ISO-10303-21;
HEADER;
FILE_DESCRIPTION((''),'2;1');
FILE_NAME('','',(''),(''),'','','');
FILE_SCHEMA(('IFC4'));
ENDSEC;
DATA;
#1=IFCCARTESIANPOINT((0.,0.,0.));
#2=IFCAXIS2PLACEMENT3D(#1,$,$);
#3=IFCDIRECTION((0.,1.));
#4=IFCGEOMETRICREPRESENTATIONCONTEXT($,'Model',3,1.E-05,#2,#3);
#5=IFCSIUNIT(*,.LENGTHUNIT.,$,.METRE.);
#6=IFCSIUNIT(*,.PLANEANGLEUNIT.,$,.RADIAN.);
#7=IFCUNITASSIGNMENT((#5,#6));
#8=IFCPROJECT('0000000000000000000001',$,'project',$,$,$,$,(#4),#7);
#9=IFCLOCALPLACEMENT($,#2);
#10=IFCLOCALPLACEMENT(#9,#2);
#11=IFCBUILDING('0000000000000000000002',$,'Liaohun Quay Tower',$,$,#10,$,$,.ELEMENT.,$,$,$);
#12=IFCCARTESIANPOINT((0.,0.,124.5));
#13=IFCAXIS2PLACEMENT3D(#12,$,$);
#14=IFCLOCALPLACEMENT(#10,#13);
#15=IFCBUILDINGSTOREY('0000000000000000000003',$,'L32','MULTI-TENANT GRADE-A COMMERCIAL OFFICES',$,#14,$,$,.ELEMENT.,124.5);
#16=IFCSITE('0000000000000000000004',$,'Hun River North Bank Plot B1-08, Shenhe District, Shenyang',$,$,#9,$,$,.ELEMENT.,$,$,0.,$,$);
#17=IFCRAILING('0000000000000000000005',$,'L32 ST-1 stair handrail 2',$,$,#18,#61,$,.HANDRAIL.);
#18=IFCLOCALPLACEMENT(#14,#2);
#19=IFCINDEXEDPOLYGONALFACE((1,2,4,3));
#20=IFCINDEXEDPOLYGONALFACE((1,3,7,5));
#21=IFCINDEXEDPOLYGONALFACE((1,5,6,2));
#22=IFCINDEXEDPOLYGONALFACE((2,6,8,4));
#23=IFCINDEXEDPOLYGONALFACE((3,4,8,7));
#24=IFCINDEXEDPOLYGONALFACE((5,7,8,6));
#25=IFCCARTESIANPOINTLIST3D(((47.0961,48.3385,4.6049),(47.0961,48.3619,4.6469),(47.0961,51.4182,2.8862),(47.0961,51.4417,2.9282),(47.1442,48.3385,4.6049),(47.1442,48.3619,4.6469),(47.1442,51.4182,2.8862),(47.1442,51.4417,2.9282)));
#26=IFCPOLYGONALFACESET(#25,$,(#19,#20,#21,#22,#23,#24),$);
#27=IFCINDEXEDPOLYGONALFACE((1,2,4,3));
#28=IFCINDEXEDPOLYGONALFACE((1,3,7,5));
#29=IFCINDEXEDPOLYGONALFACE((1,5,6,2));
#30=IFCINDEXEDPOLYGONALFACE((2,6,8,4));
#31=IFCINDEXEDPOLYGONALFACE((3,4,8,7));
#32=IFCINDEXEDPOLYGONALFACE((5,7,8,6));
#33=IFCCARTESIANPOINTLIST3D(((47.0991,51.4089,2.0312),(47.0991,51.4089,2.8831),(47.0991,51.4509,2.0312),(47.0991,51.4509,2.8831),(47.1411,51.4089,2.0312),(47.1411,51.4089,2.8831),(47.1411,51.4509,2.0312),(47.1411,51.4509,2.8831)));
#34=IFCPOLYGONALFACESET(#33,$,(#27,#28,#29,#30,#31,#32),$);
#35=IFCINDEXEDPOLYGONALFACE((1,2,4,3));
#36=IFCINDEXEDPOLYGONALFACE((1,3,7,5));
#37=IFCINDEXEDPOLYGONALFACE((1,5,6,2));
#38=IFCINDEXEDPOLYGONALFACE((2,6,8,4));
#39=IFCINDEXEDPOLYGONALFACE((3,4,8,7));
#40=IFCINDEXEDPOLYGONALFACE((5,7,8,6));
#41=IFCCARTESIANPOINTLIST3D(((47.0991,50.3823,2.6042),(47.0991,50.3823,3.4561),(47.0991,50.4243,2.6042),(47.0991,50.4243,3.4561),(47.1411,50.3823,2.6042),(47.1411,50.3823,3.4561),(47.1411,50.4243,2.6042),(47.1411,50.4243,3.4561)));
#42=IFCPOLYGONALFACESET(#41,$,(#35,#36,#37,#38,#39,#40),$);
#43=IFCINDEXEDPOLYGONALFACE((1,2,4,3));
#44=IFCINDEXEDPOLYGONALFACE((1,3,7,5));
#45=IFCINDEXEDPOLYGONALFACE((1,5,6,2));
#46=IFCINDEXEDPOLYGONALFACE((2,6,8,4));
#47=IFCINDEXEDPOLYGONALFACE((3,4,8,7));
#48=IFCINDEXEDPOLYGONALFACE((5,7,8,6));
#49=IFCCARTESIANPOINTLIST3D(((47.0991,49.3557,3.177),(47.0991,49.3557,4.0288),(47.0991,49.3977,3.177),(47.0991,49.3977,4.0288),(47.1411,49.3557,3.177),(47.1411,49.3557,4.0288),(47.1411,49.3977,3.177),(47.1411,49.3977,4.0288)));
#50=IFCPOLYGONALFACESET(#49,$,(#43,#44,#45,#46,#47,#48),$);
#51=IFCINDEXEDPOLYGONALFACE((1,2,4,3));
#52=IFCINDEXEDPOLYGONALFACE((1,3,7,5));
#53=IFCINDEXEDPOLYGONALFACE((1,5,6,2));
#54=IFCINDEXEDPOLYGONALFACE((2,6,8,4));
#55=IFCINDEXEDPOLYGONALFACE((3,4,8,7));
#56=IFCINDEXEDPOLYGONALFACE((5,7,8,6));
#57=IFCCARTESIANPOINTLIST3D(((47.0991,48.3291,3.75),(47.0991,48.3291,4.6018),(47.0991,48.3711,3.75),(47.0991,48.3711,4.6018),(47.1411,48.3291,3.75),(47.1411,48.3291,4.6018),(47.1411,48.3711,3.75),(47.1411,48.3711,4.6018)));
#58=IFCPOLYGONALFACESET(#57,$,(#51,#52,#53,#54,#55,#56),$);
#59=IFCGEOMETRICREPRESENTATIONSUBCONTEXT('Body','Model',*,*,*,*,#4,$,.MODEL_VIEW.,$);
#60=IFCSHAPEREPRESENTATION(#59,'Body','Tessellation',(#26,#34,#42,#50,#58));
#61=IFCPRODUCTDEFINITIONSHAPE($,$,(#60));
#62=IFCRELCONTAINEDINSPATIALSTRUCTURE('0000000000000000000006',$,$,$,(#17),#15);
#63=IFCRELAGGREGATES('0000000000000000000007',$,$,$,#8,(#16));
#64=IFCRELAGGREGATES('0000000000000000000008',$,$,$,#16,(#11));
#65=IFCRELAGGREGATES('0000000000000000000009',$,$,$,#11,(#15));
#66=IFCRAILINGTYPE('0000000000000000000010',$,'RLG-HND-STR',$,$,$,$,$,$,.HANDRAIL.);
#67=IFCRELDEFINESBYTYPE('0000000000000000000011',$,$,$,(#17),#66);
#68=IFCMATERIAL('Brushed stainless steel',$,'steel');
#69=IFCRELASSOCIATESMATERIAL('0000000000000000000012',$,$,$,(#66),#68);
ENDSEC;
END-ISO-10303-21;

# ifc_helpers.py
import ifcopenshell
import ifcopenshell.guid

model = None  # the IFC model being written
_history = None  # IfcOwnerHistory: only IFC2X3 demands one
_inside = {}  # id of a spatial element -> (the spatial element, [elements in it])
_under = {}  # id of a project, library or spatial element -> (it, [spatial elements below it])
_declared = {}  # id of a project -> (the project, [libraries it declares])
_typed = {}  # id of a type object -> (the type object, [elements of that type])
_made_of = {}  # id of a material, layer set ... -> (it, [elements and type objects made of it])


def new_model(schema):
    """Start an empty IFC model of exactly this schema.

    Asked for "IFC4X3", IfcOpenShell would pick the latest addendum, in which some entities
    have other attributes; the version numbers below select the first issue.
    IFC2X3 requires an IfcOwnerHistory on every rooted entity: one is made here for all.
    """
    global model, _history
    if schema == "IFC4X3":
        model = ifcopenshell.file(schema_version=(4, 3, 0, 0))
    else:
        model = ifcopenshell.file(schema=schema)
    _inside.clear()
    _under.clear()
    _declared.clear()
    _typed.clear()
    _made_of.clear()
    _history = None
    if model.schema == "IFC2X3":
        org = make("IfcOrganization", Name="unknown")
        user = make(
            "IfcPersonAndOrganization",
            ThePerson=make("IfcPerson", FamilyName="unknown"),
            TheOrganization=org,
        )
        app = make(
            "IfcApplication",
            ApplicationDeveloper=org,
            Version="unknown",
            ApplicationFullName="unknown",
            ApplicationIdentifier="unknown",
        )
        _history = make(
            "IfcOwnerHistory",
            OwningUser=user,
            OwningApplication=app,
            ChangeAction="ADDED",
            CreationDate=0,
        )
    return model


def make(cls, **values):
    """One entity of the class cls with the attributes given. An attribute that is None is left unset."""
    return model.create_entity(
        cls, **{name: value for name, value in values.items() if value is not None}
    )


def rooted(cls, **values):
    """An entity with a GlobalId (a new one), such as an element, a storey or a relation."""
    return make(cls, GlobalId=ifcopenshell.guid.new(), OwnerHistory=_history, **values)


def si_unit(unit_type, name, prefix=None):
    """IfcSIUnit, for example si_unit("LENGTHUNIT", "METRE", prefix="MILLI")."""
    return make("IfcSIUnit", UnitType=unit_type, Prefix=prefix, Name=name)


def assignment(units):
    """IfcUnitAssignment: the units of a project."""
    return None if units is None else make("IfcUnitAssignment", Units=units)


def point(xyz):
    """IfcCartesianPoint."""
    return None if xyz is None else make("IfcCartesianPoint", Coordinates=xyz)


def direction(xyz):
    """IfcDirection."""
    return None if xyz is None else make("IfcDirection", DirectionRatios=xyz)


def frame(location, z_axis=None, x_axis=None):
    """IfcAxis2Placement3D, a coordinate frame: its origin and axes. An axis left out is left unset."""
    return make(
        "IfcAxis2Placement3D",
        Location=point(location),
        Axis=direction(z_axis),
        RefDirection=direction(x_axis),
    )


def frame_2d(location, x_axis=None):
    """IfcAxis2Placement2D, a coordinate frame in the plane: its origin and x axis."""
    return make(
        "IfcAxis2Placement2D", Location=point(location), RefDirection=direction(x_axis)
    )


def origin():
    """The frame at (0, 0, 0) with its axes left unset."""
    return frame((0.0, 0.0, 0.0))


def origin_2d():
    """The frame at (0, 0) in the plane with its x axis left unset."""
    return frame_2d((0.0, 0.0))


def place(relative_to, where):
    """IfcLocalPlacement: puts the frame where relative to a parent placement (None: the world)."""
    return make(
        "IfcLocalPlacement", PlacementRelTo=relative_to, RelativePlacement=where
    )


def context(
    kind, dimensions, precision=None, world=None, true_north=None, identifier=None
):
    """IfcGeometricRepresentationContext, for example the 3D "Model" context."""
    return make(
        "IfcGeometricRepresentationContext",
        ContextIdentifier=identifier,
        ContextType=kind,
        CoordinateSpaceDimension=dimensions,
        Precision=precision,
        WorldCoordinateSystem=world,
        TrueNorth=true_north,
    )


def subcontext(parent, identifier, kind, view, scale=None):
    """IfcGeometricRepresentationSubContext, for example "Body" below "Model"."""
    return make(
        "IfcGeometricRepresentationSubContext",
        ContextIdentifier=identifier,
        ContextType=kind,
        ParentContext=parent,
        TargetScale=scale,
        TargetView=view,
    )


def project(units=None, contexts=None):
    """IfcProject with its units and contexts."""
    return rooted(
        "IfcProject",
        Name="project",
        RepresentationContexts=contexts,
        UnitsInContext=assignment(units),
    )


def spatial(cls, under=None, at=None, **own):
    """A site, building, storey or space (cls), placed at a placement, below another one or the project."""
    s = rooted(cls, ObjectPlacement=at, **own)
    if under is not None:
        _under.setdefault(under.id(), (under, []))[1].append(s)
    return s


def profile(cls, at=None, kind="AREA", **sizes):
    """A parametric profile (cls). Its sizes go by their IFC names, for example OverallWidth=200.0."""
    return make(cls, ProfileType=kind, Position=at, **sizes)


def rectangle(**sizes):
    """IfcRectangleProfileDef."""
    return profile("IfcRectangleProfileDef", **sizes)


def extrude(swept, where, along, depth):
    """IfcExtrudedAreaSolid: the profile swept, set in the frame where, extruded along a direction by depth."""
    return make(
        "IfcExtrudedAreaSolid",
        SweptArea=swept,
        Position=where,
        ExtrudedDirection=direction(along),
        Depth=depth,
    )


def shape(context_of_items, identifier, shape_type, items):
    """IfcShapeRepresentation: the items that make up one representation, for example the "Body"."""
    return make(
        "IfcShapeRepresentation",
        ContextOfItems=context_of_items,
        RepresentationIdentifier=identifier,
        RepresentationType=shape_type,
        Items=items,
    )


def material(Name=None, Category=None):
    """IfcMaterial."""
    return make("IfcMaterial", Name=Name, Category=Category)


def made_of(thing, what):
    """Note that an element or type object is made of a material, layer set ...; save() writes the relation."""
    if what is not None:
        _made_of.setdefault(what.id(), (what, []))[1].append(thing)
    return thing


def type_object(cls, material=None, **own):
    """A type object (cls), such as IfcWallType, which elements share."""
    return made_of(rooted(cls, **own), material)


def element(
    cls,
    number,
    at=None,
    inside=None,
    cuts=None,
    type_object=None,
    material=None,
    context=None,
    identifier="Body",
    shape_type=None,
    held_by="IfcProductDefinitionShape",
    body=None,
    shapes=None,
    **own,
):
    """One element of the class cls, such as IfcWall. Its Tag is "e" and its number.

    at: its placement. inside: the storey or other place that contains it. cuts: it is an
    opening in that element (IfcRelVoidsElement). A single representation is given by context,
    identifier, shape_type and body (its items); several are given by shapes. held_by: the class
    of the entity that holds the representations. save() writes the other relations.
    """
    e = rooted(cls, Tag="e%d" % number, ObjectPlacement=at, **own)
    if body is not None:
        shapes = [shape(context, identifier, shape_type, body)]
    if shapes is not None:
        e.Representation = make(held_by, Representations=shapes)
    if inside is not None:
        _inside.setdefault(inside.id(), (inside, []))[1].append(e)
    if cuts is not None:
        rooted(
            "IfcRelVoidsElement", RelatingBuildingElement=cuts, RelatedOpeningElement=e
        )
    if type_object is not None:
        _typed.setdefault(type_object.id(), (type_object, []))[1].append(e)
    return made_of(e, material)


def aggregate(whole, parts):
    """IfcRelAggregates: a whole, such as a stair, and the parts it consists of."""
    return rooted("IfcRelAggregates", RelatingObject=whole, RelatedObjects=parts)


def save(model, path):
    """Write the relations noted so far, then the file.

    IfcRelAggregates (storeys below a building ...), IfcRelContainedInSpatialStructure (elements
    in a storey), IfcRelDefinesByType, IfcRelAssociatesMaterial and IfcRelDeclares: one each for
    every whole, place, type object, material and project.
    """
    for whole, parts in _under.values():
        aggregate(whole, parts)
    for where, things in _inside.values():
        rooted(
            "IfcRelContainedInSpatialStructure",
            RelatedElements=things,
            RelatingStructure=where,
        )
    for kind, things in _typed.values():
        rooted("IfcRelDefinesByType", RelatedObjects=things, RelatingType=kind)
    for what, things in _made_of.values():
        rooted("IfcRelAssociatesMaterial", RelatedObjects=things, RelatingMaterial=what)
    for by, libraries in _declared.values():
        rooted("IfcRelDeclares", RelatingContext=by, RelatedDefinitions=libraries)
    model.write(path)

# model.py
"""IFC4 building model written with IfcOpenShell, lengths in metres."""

from ifc_helpers import new_model, si_unit, direction, frame, origin, origin_2d, place, context, subcontext, project, spatial, rectangle, extrude, material, type_object, element, save


model = new_model("IFC4")

# Units and contexts
model_context = context("Model", 3, precision=1e-05, world=origin(), true_north=direction((0.0, 1.0)))
body_context = subcontext(model_context, "Body", "Model", "MODEL_VIEW")
ifc_project = project(units=[si_unit("LENGTHUNIT", "METRE"), si_unit("PLANEANGLEUNIT", "RADIAN")], contexts=[model_context])

# Site, building, storey
site_placement = place(None, origin())
site = spatial("IfcSite", under=ifc_project, at=site_placement, Name="Hun River North Bank Plot B1-08, Shenhe District, Shenyang", CompositionType="ELEMENT", RefElevation=0.0)
building_placement = place(site_placement, origin())
building = spatial("IfcBuilding", under=site, at=building_placement, Name="Liaohun Quay Tower", CompositionType="ELEMENT")
storey_placement = place(building_placement, frame((0.0, 0.0, 124.5)))
storey = spatial("IfcBuildingStorey", under=building, at=storey_placement, Name="L32", Description="MULTI-TENANT GRADE-A COMMERCIAL OFFICES", CompositionType="ELEMENT", Elevation=124.5)

# Railing
ifc_material_1 = material(Name="Brushed stainless steel", Category="steel")
railing_type_1 = type_object("IfcRailingType", Name="RLG-HND-STR", PredefinedType="HANDRAIL", material=ifc_material_1)
railing_1_placement = place(storey_placement, frame((47.1201, 51.4299, 2.0312)))
element("IfcRailing", 1, at=railing_1_placement, inside=storey, type_object=railing_type_1, Name="L32 ST-1 stair handrail 2", PredefinedType="HANDRAIL", context=body_context, shape_type="SweptSolid", body=[
    extrude(rectangle(XDim=0.0481, YDim=0.0481, at=origin_2d()), frame((0.0, 0.0, 0.876), z_axis=(0.0, -0.873225, 0.487317), x_axis=(1.0, 0.0, 0.0)), (0.0, 0.0, 1.0), 3.5269),
    extrude(rectangle(XDim=0.042, YDim=0.042, at=origin_2d()), origin(), (0.0, 0.0, 1.0), 0.8518),
    extrude(rectangle(XDim=0.042, YDim=0.042, at=origin_2d()), frame((0.0, -1.0266, 0.573)), (0.0, 0.0, 1.0), 0.8518),
    extrude(rectangle(XDim=0.042, YDim=0.042, at=origin_2d()), frame((0.0, -2.0532, 1.1458)), (0.0, 0.0, 1.0), 0.8518),
    extrude(rectangle(XDim=0.042, YDim=0.042, at=origin_2d()), frame((0.0, -3.0798, 1.7188)), (0.0, 0.0, 1.0), 0.8518),
])

save(model, "model.ifc")
